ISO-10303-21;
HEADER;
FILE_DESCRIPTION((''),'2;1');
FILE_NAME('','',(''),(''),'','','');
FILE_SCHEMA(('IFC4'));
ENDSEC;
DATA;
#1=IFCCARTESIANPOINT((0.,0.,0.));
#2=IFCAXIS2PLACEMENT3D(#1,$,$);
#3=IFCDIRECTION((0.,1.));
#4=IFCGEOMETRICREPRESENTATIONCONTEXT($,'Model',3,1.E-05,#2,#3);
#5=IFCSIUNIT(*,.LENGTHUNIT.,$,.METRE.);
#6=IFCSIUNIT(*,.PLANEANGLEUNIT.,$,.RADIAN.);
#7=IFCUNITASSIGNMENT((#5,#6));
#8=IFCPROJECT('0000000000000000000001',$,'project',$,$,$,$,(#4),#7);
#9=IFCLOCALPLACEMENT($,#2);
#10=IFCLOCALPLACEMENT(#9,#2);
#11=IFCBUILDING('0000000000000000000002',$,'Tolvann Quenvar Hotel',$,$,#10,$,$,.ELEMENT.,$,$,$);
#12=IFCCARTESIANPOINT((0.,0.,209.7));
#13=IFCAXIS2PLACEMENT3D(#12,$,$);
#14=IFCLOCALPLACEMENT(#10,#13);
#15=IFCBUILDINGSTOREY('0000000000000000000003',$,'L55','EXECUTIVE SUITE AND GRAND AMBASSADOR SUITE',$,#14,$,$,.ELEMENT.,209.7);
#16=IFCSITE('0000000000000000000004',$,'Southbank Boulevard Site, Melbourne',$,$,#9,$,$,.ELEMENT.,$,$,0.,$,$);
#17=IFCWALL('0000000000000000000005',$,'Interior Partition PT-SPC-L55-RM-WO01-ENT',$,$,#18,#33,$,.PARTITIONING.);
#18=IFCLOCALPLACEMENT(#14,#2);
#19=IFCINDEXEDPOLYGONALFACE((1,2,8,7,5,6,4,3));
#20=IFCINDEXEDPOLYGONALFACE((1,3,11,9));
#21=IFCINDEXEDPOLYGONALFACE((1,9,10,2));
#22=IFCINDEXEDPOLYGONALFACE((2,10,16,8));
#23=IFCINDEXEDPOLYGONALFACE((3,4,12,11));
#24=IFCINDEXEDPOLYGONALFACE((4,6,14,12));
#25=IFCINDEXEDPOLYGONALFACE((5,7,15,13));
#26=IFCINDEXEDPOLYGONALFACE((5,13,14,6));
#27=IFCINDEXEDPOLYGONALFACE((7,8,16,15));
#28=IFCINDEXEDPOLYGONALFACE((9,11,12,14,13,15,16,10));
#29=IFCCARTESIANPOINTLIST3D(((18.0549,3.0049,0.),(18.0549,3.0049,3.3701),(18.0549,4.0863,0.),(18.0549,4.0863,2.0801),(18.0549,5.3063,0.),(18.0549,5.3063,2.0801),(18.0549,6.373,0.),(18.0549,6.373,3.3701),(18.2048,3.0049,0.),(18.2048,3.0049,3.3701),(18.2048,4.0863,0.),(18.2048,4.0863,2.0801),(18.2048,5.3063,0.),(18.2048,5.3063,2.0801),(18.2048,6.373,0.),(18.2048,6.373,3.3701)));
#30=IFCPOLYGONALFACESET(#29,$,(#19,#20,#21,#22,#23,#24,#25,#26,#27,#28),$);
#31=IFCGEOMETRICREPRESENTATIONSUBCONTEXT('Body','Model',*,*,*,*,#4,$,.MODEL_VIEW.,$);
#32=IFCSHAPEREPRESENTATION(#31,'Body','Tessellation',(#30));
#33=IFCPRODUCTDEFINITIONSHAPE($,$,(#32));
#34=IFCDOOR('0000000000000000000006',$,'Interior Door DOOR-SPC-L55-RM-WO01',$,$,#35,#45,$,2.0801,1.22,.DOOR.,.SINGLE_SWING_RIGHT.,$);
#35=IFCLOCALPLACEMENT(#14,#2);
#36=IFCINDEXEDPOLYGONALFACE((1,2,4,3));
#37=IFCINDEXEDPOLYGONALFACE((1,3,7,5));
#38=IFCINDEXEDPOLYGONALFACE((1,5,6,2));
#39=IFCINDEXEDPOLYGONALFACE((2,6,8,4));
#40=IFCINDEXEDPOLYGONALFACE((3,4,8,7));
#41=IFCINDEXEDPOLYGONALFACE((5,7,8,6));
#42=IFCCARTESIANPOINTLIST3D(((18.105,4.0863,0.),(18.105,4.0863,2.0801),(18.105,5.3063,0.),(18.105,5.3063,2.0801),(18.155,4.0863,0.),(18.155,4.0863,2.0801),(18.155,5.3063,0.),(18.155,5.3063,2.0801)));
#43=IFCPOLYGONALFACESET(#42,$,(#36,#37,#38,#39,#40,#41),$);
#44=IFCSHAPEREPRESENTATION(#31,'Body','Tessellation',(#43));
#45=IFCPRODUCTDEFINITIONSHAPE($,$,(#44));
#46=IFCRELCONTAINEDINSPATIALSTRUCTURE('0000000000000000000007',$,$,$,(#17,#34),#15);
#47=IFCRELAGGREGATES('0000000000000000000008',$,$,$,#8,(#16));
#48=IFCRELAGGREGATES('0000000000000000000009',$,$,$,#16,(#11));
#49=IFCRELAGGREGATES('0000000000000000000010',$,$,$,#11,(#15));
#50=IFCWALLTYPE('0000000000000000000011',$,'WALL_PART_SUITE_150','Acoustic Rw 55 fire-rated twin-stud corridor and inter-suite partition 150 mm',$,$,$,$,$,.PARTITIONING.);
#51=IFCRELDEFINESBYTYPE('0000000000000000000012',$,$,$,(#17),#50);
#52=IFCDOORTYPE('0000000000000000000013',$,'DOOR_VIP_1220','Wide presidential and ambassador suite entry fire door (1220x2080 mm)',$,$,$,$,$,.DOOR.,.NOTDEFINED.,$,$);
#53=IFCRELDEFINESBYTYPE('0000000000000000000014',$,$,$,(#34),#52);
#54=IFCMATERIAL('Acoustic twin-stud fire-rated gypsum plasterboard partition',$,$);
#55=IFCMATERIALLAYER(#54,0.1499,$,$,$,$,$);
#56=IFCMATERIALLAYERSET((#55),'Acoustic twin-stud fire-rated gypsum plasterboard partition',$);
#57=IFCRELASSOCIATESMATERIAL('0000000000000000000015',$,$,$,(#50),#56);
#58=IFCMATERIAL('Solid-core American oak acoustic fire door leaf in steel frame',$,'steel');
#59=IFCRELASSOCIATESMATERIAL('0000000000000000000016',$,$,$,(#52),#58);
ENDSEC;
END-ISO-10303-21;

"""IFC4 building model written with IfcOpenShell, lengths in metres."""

from ifc_helpers import new_model, si_unit, direction, frame, frame_2d, origin, place, context, subcontext, project, spatial, rectangle, extrude, source, transform, mapped, material, layer, layer_set, type_object, type_shapes, element, fill, save


model = new_model("IFC4")

# Units and contexts
model_context = context("Model", 3, precision=1e-05, world=origin(), true_north=direction((0.0, 1.0)))
body_context = subcontext(model_context, "Body", "Model", "MODEL_VIEW")
ifc_project = project(units=[si_unit("LENGTHUNIT", "METRE"), si_unit("PLANEANGLEUNIT", "RADIAN")], contexts=[model_context])

# Site, building, storey
site_placement = place(None, origin())
site = spatial("IfcSite", under=ifc_project, at=site_placement, Name="Southbank Boulevard Site, Melbourne", CompositionType="ELEMENT", RefElevation=0.0)
building_placement = place(site_placement, origin())
building = spatial("IfcBuilding", under=site, at=building_placement, Name="Tolvann Quenvar Hotel", CompositionType="ELEMENT")
storey_placement = place(building_placement, frame((0.0, 0.0, 209.7)))
storey = spatial("IfcBuildingStorey", under=building, at=storey_placement, Name="L55", Description="EXECUTIVE SUITE AND GRAND AMBASSADOR SUITE", CompositionType="ELEMENT", Elevation=209.7)

# Shared definitions
ifc_material_1 = material(Name="Acoustic twin-stud fire-rated gypsum plasterboard partition")
ifc_layer_1 = layer(ifc_material_1, 0.1499)
ifc_layer_set_1 = layer_set([ifc_layer_1], Name="Acoustic twin-stud fire-rated gypsum plasterboard partition")
wall_type_1 = type_object("IfcWallType", Name="WALL_PART_SUITE_150", Description="Acoustic Rw 55 fire-rated twin-stud corridor and inter-suite partition 150 mm", PredefinedType="PARTITIONING", material=ifc_layer_set_1)

# Shared definitions
ifc_material_2 = material(Name="Solid-core American oak acoustic fire door leaf in steel frame", Category="steel")

# Wall, opening, door
wall_1_placement = place(storey_placement, frame((18.1299, 3.0049, 0.0), z_axis=(0.0, 0.0, 1.0), x_axis=(0.0, 1.0, 0.0)))
wall_1 = element("IfcWall", 1, at=wall_1_placement, inside=storey, type_object=wall_type_1, Name="Interior Partition PT-SPC-L55-RM-WO01-ENT", PredefinedType="PARTITIONING", context=body_context, shape_type="SweptSolid", body=[
    extrude(rectangle(XDim=3.3682, YDim=0.1499, at=frame_2d((1.6841, 0.0))), origin(), (0.0, 0.0, 1.0), 3.3701),
])
opening_1_placement = place(wall_1_placement, frame((1.0815, 0.0, 0.0)))
opening_1 = element("IfcOpeningElement", 2, at=opening_1_placement, cuts=wall_1, PredefinedType="OPENING", context=body_context, shape_type="SweptSolid", body=[
    extrude(rectangle(XDim=1.22, YDim=2.0801, at=frame_2d((0.6099, 1.04))), frame((0.0, 0.085, 0.0), z_axis=(0.0, -1.0, 0.0), x_axis=(1.0, 0.0, 0.0)), (0.0, 0.0, 1.0), 0.1699),
])
door_type_1 = type_object("IfcDoorType", Name="DOOR_VIP_1220", Description="Wide presidential and ambassador suite entry fire door (1220x2080 mm)", OperationType="NOTDEFINED", PredefinedType="DOOR", material=ifc_material_2)
shared_shape_1 = source(origin(), body_context, "Body", "SweptSolid", [
    extrude(rectangle(XDim=1.22, YDim=2.0801, at=frame_2d((0.6099, 1.04))), frame((0.0, 0.0249, 0.0), z_axis=(0.0, -1.0, 0.0), x_axis=(1.0, 0.0, 0.0)), (0.0, 0.0, 1.0), 0.05),
])
type_shapes(door_type_1, [shared_shape_1])
door_1_placement = place(opening_1_placement, origin())
door_1 = element("IfcDoor", 3, at=door_1_placement, inside=storey, type_object=door_type_1, Name="Interior Door DOOR-SPC-L55-RM-WO01", OperationType="SINGLE_SWING_RIGHT", OverallHeight=2.0801, OverallWidth=1.22, PredefinedType="DOOR", context=body_context, shape_type="MappedRepresentation", body=[
    mapped(shared_shape_1, transform((0.0, 0.0, 0.0), x_axis=(1.0, 0.0, 0.0), y_axis=(0.0, 1.0, 0.0), z_axis=(0.0, 0.0, 1.0), scale=1.0)),
])
fill(opening_1, door_1)

save(model, "model.ifc")
